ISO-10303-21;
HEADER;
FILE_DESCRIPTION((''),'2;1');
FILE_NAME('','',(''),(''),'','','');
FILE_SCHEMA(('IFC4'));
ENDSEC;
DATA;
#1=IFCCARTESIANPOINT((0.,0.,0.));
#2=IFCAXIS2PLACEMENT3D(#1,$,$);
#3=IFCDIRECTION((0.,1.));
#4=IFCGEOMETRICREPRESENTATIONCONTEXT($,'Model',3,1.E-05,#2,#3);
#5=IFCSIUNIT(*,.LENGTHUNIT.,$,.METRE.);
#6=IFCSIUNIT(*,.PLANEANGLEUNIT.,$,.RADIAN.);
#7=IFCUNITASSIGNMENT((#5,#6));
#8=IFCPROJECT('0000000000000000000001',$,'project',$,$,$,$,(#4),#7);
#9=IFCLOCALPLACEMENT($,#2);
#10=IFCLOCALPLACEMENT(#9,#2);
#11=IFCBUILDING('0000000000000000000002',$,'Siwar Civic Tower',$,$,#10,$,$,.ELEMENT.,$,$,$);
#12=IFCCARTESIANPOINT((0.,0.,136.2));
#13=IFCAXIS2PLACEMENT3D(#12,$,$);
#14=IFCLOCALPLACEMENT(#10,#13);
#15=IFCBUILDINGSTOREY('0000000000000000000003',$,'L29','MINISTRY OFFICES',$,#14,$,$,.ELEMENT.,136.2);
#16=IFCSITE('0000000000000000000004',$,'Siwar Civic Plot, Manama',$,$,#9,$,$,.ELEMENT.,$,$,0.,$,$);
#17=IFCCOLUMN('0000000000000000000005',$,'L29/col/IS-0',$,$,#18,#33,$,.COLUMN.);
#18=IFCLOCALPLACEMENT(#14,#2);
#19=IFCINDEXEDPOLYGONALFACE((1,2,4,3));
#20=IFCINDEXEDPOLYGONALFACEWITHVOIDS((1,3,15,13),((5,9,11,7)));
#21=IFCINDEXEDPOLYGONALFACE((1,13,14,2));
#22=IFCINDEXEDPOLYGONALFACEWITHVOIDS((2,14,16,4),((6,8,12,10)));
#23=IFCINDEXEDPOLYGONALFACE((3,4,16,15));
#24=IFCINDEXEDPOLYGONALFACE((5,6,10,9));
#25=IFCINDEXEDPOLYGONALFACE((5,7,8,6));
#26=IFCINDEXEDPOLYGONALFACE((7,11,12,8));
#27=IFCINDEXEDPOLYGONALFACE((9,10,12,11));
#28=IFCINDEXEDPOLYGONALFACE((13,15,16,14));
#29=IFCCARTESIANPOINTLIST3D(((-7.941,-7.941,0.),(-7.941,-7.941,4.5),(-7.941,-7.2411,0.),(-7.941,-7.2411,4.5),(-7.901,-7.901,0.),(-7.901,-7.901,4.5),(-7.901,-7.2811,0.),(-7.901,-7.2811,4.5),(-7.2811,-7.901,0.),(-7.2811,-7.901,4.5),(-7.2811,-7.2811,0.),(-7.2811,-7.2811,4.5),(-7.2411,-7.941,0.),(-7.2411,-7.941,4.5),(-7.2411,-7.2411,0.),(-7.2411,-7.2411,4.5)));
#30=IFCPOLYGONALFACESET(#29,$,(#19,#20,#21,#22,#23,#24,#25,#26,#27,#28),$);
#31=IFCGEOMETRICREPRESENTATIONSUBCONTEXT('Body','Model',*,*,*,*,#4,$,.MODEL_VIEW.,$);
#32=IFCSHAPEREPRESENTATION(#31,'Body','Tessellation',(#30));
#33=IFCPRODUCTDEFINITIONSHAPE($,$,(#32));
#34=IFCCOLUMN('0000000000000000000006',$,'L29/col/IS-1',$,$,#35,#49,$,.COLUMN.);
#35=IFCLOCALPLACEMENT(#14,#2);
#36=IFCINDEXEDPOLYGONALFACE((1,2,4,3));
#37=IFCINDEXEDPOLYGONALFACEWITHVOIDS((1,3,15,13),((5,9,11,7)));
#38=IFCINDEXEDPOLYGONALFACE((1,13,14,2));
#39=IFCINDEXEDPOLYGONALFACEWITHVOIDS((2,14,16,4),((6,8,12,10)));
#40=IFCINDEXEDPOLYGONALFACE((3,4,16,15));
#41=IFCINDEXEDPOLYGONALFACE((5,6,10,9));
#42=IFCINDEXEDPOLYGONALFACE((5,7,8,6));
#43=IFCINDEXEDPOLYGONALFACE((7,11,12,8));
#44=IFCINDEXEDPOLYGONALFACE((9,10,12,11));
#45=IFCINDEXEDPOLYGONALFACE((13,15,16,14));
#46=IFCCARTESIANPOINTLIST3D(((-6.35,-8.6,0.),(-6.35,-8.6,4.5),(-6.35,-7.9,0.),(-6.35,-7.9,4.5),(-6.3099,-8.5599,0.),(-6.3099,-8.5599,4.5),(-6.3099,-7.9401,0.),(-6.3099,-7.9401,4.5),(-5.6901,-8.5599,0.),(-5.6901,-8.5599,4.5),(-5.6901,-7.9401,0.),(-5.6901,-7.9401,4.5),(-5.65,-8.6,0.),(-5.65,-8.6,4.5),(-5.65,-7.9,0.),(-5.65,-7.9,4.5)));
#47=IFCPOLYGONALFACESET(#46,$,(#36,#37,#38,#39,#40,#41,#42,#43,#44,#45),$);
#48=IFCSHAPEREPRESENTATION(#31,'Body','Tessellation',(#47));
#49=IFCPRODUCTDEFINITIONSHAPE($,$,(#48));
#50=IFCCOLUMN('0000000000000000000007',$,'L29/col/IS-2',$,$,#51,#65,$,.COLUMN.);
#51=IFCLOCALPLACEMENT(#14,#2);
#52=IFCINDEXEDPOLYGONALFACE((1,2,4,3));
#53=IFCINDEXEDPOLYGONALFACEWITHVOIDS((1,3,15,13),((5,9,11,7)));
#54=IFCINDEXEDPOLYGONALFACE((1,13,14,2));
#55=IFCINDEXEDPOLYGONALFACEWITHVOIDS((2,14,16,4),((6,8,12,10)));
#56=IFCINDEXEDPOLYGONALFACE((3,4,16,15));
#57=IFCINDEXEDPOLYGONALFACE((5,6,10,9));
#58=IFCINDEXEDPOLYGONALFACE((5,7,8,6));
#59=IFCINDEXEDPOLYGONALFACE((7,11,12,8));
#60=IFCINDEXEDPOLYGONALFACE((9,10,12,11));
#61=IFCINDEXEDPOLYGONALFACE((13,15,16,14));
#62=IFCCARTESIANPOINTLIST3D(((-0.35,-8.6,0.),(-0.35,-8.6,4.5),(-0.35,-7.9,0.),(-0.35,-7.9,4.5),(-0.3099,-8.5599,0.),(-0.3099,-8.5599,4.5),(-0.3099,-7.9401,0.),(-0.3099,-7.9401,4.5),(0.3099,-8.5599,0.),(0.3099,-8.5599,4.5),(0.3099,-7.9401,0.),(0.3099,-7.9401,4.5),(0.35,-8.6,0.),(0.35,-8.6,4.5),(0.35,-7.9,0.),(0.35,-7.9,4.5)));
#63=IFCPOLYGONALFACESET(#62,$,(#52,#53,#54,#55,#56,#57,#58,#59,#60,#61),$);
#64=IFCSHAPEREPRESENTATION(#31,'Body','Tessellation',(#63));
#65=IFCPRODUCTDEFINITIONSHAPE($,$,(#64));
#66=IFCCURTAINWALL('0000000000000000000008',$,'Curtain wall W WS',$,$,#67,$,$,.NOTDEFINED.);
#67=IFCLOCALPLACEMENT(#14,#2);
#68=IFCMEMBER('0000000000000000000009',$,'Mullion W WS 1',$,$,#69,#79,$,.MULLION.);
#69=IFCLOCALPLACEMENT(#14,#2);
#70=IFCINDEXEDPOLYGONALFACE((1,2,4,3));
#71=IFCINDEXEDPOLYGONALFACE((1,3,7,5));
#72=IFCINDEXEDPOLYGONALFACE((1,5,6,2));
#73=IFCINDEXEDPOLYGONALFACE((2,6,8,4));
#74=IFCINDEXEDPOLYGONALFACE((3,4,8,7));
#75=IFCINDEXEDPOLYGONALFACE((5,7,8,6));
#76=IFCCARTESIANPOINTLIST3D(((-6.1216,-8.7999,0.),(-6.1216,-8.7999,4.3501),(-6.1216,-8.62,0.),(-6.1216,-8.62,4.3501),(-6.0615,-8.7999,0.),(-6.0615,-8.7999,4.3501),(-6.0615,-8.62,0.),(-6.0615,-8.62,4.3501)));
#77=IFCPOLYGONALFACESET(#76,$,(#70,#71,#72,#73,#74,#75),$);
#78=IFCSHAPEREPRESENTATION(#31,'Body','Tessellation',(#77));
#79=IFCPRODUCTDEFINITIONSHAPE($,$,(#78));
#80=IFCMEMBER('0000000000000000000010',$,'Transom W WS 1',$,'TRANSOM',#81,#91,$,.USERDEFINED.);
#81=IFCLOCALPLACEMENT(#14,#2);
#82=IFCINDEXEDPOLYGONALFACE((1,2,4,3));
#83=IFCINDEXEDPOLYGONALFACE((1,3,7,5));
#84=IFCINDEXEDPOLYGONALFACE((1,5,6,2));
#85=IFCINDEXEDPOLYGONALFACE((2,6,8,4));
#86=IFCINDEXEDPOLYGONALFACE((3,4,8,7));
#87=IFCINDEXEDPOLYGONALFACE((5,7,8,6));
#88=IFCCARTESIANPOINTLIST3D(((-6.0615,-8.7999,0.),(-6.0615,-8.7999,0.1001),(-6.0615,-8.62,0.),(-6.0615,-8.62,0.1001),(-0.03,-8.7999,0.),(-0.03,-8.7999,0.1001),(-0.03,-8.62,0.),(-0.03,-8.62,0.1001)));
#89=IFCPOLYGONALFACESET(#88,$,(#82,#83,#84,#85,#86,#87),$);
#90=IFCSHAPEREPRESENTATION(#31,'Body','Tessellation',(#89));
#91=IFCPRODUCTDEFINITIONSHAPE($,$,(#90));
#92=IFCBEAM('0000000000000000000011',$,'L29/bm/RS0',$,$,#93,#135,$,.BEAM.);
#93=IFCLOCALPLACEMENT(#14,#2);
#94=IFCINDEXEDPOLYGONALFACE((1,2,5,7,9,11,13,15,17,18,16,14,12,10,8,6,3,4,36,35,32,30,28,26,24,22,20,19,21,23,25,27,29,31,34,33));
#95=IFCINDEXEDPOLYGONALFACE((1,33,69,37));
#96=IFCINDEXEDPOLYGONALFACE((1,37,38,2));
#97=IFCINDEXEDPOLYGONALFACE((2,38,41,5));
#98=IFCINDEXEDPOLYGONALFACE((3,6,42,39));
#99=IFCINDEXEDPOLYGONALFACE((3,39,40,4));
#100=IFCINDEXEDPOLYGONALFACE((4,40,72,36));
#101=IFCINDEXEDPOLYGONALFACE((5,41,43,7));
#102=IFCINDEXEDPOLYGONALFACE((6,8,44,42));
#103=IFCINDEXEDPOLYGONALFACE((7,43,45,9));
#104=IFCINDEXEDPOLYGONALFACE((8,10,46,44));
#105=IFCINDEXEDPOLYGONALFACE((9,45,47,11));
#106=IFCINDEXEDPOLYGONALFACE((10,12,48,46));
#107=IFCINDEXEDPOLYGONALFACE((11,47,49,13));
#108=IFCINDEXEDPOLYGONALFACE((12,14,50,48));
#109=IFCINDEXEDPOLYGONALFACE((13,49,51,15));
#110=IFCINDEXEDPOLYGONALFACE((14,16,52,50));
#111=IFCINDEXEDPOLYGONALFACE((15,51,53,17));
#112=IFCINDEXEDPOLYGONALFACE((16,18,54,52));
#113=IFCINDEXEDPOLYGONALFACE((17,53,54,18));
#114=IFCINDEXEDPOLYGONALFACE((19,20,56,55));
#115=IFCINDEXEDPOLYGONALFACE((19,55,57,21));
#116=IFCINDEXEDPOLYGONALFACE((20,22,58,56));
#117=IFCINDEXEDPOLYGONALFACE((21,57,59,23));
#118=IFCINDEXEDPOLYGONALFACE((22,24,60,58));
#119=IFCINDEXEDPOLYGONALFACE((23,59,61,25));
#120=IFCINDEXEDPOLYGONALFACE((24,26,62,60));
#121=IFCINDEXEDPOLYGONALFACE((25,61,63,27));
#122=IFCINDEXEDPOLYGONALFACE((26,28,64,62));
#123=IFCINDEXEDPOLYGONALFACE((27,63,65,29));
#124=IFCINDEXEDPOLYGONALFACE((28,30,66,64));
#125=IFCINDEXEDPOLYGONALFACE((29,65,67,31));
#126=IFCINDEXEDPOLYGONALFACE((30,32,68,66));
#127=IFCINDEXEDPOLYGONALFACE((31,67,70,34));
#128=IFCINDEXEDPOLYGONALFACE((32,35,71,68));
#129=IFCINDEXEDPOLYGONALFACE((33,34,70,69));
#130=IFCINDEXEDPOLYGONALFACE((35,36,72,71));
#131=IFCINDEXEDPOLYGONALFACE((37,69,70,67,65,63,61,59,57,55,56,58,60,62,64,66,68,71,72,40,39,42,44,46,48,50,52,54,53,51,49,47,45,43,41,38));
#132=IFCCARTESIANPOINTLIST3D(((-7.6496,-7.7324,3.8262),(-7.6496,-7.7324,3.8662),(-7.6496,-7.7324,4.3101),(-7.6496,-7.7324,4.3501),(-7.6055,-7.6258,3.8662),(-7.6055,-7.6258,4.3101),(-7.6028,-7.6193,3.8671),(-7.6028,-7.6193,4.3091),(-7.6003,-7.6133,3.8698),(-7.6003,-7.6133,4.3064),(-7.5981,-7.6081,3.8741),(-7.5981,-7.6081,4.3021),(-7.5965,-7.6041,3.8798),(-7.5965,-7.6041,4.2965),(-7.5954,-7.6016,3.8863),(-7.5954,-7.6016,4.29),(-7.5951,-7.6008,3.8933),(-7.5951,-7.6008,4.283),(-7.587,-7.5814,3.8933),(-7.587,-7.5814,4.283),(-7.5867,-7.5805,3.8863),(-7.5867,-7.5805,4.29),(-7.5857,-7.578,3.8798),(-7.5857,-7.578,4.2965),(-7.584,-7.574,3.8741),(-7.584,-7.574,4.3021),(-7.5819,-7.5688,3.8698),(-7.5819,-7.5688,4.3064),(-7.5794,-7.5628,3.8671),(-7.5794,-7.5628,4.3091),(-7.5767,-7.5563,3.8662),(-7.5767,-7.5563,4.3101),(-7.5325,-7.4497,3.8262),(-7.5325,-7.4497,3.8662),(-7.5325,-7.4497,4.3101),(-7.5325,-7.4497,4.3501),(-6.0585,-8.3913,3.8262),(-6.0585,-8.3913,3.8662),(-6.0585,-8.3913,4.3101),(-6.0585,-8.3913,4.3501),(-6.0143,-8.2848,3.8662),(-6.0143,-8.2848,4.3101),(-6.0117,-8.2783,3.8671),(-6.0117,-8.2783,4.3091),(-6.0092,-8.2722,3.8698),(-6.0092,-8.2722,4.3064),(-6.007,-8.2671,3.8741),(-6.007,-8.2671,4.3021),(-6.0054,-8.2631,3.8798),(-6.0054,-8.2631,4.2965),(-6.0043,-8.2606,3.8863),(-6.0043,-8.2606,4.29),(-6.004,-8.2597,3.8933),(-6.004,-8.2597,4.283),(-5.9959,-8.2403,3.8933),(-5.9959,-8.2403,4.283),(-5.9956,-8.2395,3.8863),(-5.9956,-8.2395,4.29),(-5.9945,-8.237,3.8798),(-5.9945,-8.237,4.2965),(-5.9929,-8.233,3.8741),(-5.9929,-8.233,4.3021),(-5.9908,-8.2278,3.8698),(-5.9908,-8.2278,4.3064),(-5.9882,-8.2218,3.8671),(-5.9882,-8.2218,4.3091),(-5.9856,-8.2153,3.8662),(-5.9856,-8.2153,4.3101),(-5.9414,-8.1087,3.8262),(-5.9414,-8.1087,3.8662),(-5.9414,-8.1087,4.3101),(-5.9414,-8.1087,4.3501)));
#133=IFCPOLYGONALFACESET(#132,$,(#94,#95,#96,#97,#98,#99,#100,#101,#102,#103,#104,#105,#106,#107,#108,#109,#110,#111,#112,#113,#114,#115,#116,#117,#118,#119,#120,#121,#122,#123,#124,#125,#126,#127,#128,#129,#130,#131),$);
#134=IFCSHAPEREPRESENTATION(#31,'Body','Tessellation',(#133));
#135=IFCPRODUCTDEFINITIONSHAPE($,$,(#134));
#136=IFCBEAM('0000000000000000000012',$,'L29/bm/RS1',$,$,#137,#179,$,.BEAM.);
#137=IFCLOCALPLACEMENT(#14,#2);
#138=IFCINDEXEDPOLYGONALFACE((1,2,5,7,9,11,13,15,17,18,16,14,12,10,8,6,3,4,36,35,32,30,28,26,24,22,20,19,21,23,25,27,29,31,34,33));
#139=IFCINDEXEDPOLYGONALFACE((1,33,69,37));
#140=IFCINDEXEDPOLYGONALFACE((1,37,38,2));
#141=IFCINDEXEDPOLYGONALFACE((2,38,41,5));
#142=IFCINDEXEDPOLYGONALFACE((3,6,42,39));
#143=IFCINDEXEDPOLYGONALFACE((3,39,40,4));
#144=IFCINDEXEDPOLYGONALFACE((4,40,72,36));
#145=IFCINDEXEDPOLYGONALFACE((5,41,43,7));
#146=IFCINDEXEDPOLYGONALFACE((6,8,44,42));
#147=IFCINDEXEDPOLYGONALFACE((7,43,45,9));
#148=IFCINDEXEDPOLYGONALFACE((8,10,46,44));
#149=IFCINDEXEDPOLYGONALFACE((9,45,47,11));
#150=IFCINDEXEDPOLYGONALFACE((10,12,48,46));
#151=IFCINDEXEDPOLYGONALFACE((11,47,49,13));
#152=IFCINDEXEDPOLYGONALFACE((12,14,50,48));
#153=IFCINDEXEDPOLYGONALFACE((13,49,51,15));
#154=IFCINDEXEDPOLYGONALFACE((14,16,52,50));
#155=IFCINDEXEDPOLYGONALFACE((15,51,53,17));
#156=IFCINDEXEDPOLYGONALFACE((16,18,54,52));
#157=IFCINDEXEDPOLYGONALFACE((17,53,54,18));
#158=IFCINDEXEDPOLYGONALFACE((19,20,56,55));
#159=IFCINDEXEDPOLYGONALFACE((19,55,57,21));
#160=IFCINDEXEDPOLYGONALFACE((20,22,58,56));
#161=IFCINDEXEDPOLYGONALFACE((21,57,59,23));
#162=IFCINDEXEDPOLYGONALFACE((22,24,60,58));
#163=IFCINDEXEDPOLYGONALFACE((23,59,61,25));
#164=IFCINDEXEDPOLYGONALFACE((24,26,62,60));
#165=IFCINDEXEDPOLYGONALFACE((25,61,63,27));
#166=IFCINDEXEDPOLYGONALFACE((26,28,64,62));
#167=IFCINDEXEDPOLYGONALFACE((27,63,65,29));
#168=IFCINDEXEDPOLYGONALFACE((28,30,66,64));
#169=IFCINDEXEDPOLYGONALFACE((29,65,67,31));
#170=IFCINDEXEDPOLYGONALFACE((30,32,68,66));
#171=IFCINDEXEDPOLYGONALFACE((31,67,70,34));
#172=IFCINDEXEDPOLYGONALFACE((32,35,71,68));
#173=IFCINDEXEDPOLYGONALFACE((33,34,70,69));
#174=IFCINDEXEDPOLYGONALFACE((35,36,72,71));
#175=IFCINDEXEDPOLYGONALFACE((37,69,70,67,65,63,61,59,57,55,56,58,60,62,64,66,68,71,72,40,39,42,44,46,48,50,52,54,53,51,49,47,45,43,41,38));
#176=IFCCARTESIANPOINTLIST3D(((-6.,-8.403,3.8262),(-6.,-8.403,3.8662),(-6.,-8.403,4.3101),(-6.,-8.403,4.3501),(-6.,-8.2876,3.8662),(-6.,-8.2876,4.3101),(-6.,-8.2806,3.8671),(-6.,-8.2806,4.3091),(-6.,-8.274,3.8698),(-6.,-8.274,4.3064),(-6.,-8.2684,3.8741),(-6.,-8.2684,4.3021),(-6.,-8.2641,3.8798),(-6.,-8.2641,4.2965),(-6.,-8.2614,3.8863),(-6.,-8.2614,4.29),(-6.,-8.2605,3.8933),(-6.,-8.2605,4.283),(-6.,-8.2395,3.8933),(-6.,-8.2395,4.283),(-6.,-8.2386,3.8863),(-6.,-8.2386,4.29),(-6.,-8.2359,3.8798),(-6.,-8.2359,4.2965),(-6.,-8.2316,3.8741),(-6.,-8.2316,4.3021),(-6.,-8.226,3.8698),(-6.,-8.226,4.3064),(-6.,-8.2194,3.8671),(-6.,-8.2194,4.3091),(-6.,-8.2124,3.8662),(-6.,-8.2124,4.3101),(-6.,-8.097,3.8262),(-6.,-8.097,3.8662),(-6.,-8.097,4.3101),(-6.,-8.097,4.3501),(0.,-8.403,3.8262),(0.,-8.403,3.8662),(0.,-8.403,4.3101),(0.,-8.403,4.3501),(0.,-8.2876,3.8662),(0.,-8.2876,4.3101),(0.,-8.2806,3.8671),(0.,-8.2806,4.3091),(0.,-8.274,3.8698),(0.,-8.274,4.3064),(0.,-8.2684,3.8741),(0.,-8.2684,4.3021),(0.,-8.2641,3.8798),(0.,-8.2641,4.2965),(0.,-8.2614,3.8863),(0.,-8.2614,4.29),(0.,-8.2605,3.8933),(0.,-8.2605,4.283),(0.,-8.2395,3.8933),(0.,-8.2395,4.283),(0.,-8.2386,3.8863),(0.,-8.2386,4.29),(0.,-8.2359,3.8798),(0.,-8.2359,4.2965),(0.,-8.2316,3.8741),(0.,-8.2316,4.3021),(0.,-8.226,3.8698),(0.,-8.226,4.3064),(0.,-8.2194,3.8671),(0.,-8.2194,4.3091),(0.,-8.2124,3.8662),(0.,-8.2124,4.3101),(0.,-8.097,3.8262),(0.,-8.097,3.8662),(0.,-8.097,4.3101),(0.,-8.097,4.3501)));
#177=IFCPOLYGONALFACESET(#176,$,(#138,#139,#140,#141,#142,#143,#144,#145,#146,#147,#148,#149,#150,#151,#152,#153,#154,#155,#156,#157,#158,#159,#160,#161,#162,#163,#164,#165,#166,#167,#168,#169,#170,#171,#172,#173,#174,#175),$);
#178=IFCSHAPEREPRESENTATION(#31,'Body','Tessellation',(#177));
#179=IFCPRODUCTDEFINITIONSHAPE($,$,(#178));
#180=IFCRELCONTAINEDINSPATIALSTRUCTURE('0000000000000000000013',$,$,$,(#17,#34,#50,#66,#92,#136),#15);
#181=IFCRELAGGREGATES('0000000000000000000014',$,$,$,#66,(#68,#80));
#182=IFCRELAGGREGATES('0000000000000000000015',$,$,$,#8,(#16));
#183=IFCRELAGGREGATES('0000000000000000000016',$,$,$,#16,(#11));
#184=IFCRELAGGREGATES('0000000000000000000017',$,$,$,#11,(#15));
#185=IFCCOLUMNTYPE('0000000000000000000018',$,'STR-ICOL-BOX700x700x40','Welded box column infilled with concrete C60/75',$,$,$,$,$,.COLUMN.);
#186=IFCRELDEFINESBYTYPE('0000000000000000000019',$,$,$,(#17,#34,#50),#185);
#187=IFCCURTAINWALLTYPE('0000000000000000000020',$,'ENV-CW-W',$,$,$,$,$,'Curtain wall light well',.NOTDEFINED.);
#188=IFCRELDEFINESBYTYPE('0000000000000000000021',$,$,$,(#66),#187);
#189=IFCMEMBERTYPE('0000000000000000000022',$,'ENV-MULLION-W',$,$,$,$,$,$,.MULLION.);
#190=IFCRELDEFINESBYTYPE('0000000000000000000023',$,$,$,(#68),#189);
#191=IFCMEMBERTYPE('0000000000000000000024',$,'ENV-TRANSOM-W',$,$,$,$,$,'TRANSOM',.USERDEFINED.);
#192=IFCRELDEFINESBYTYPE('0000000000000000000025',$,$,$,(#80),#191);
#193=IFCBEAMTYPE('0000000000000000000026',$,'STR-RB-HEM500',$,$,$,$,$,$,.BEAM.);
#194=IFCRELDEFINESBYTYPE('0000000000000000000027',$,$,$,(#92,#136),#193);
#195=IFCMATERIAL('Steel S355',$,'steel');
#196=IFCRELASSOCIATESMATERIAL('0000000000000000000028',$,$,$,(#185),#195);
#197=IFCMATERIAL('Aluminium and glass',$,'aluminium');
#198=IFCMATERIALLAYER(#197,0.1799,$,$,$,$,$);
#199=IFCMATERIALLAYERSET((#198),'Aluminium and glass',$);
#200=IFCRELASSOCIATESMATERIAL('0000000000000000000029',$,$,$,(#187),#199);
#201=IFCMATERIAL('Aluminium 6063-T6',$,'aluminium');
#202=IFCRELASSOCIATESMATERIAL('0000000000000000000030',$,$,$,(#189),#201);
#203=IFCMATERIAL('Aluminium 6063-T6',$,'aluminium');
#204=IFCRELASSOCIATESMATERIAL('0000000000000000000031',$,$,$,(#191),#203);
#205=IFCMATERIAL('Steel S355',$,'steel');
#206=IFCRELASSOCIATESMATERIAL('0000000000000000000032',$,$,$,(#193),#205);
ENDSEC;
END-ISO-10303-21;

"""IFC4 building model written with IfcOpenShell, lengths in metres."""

from ifc_helpers import new_model, si_unit, direction, frame, origin, origin_2d, place, context, subcontext, project, spatial, rectangle, hollow_rectangle, i_section, extrude, material, layer, layer_set, material_profile, profile_set, type_object, element, aggregate, save


model = new_model("IFC4")

# Units and contexts
model_context = context("Model", 3, precision=1e-05, world=origin(), true_north=direction((0.0, 1.0)))
body_context = subcontext(model_context, "Body", "Model", "MODEL_VIEW")
ifc_project = project(units=[si_unit("LENGTHUNIT", "METRE"), si_unit("PLANEANGLEUNIT", "RADIAN")], contexts=[model_context])

# Site, building, storey
site_placement = place(None, origin())
site = spatial("IfcSite", under=ifc_project, at=site_placement, Name="Siwar Civic Plot, Manama", CompositionType="ELEMENT", RefElevation=0.0)
building_placement = place(site_placement, origin())
building = spatial("IfcBuilding", under=site, at=building_placement, Name="Siwar Civic Tower", CompositionType="ELEMENT")
storey_placement = place(building_placement, frame((0.0, 0.0, 136.2)))
storey = spatial("IfcBuildingStorey", under=building, at=storey_placement, Name="L29", Description="MINISTRY OFFICES", CompositionType="ELEMENT", Elevation=136.2)

# Columns
ifc_material_1 = material(Name="Steel S355", Category="steel")
ifc_material_profile_1 = material_profile(ifc_material_1, hollow_rectangle(XDim=0.7, YDim=0.7, WallThickness=0.04, at=origin_2d()), Name="BOX700x700x40")
ifc_profile_set_1 = profile_set([ifc_material_profile_1], Name="Steel S355")
column_type = type_object("IfcColumnType", Name="STR-ICOL-BOX700x700x40", Description="Welded box column infilled with concrete C60/75", PredefinedType="COLUMN", material=ifc_profile_set_1)
for number, where, z_axis, x_axis, name in (
    (1, (-7.5911, -7.5911, 0.0), (0.0, 0.0, 1.0), (1.0, 0.0, 0.0), "L29/col/IS-0"),
    (2, (-6.0, -8.25, 0.0), (0.0, 0.0, 1.0), (1.0, 0.0, 0.0), "L29/col/IS-1"),
    (3, (0.0, -8.25, 0.0), (0.0, 0.0, 1.0), (1.0, 0.0, 0.0), "L29/col/IS-2"),
):
    element("IfcColumn", number, at=place(storey_placement, frame(where, z_axis=z_axis, x_axis=x_axis)), inside=storey, type_object=column_type, Name=name, PredefinedType="COLUMN", context=body_context, shape_type="SweptSolid", body=[
        extrude(hollow_rectangle(XDim=0.7, YDim=0.7, WallThickness=0.04, at=origin_2d()), origin(), (0.0, 0.0, 1.0), 4.5),
    ])

# Curtain wall, members
ifc_material_2 = material(Name="Aluminium and glass", Category="aluminium")
ifc_layer_1 = layer(ifc_material_2, 0.1799)
ifc_layer_set_1 = layer_set([ifc_layer_1], Name="Aluminium and glass")
curtain_wall_type = type_object("IfcCurtainWallType", Name="ENV-CW-W", ElementType="Curtain wall light well", PredefinedType="NOTDEFINED", material=ifc_layer_set_1)
curtain_wall_placement = place(storey_placement, origin())
curtain_wall = element("IfcCurtainWall", 4, at=curtain_wall_placement, inside=storey, type_object=curtain_wall_type, Name="Curtain wall W WS", PredefinedType="NOTDEFINED")
ifc_material_3 = material(Name="Aluminium 6063-T6", Category="aluminium")
ifc_material_profile_2 = material_profile(ifc_material_3, rectangle(XDim=0.1799, YDim=0.0601, at=origin_2d()), Name="AL 180x60")
ifc_profile_set_2 = profile_set([ifc_material_profile_2], Name="Aluminium 6063-T6")
member_type_1 = type_object("IfcMemberType", Name="ENV-MULLION-W", PredefinedType="MULLION", material=ifc_profile_set_2)
member_1_placement = place(storey_placement, frame((-6.0916, -8.71, 0.0), z_axis=(0.0, 0.0, 1.0), x_axis=(0.0, 1.0, 0.0)))
member_1 = element("IfcMember", 5, at=member_1_placement, type_object=member_type_1, Name="Mullion W WS 1", PredefinedType="MULLION", context=body_context, shape_type="SweptSolid", body=[
    extrude(rectangle(XDim=0.1799, YDim=0.0601, at=origin_2d()), origin(), (0.0, 0.0, 1.0), 4.3501),
])
ifc_material_4 = material(Name="Aluminium 6063-T6", Category="aluminium")
ifc_material_profile_3 = material_profile(ifc_material_4, rectangle(XDim=0.1799, YDim=0.1001, at=origin_2d()), Name="AL 180x100")
ifc_profile_set_3 = profile_set([ifc_material_profile_3], Name="Aluminium 6063-T6")
member_type_2 = type_object("IfcMemberType", Name="ENV-TRANSOM-W", ElementType="TRANSOM", PredefinedType="USERDEFINED", material=ifc_profile_set_3)
member_2_placement = place(storey_placement, frame((-6.0615, -8.71, 0.05), z_axis=(1.0, 0.0, 0.0), x_axis=(0.0, 1.0, 0.0)))
member_2 = element("IfcMember", 6, at=member_2_placement, type_object=member_type_2, Name="Transom W WS 1", ObjectType="TRANSOM", PredefinedType="USERDEFINED", context=body_context, shape_type="SweptSolid", body=[
    extrude(rectangle(XDim=0.1799, YDim=0.1001, at=origin_2d()), origin(), (0.0, 0.0, 1.0), 6.0315),
])

# Beams
ifc_material_5 = material(Name="Steel S355", Category="steel")
ifc_material_profile_4 = material_profile(ifc_material_5, i_section(OverallWidth=0.3059, OverallDepth=0.5239, WebThickness=0.021, FlangeThickness=0.04, FilletRadius=0.0271, at=origin_2d()), Name="HEM500")
ifc_profile_set_4 = profile_set([ifc_material_profile_4], Name="Steel S355")
beam_type = type_object("IfcBeamType", Name="STR-RB-HEM500", PredefinedType="BEAM", material=ifc_profile_set_4)
beam_1_placement = place(storey_placement, frame((-7.5911, -7.5911, 4.0881), z_axis=(0.923901, -0.382631, 0.0), x_axis=(0.382631, 0.923901, 0.0)))
element("IfcBeam", 7, at=beam_1_placement, inside=storey, type_object=beam_type, Name="L29/bm/RS0", PredefinedType="BEAM", context=body_context, shape_type="SweptSolid", body=[
    extrude(i_section(OverallWidth=0.3059, OverallDepth=0.5239, WebThickness=0.021, FlangeThickness=0.04, FilletRadius=0.0271, at=origin_2d()), origin(), (0.0, 0.0, 1.0), 1.7222),
])
for number, where, z_axis, x_axis, name in (
    (8, (-6.0, -8.25, 4.0881), (1.0, 0.0, 0.0), (0.0, 1.0, 0.0), "L29/bm/RS1"),
):
    element("IfcBeam", number, at=place(storey_placement, frame(where, z_axis=z_axis, x_axis=x_axis)), inside=storey, type_object=beam_type, Name=name, PredefinedType="BEAM", context=body_context, shape_type="SweptSolid", body=[
        extrude(i_section(OverallWidth=0.3059, OverallDepth=0.5239, WebThickness=0.021, FlangeThickness=0.04, FilletRadius=0.0271, at=origin_2d()), origin(), (0.0, 0.0, 1.0), 6.0),
    ])

aggregate(curtain_wall, [member_1, member_2])

save(model, "model.ifc")
